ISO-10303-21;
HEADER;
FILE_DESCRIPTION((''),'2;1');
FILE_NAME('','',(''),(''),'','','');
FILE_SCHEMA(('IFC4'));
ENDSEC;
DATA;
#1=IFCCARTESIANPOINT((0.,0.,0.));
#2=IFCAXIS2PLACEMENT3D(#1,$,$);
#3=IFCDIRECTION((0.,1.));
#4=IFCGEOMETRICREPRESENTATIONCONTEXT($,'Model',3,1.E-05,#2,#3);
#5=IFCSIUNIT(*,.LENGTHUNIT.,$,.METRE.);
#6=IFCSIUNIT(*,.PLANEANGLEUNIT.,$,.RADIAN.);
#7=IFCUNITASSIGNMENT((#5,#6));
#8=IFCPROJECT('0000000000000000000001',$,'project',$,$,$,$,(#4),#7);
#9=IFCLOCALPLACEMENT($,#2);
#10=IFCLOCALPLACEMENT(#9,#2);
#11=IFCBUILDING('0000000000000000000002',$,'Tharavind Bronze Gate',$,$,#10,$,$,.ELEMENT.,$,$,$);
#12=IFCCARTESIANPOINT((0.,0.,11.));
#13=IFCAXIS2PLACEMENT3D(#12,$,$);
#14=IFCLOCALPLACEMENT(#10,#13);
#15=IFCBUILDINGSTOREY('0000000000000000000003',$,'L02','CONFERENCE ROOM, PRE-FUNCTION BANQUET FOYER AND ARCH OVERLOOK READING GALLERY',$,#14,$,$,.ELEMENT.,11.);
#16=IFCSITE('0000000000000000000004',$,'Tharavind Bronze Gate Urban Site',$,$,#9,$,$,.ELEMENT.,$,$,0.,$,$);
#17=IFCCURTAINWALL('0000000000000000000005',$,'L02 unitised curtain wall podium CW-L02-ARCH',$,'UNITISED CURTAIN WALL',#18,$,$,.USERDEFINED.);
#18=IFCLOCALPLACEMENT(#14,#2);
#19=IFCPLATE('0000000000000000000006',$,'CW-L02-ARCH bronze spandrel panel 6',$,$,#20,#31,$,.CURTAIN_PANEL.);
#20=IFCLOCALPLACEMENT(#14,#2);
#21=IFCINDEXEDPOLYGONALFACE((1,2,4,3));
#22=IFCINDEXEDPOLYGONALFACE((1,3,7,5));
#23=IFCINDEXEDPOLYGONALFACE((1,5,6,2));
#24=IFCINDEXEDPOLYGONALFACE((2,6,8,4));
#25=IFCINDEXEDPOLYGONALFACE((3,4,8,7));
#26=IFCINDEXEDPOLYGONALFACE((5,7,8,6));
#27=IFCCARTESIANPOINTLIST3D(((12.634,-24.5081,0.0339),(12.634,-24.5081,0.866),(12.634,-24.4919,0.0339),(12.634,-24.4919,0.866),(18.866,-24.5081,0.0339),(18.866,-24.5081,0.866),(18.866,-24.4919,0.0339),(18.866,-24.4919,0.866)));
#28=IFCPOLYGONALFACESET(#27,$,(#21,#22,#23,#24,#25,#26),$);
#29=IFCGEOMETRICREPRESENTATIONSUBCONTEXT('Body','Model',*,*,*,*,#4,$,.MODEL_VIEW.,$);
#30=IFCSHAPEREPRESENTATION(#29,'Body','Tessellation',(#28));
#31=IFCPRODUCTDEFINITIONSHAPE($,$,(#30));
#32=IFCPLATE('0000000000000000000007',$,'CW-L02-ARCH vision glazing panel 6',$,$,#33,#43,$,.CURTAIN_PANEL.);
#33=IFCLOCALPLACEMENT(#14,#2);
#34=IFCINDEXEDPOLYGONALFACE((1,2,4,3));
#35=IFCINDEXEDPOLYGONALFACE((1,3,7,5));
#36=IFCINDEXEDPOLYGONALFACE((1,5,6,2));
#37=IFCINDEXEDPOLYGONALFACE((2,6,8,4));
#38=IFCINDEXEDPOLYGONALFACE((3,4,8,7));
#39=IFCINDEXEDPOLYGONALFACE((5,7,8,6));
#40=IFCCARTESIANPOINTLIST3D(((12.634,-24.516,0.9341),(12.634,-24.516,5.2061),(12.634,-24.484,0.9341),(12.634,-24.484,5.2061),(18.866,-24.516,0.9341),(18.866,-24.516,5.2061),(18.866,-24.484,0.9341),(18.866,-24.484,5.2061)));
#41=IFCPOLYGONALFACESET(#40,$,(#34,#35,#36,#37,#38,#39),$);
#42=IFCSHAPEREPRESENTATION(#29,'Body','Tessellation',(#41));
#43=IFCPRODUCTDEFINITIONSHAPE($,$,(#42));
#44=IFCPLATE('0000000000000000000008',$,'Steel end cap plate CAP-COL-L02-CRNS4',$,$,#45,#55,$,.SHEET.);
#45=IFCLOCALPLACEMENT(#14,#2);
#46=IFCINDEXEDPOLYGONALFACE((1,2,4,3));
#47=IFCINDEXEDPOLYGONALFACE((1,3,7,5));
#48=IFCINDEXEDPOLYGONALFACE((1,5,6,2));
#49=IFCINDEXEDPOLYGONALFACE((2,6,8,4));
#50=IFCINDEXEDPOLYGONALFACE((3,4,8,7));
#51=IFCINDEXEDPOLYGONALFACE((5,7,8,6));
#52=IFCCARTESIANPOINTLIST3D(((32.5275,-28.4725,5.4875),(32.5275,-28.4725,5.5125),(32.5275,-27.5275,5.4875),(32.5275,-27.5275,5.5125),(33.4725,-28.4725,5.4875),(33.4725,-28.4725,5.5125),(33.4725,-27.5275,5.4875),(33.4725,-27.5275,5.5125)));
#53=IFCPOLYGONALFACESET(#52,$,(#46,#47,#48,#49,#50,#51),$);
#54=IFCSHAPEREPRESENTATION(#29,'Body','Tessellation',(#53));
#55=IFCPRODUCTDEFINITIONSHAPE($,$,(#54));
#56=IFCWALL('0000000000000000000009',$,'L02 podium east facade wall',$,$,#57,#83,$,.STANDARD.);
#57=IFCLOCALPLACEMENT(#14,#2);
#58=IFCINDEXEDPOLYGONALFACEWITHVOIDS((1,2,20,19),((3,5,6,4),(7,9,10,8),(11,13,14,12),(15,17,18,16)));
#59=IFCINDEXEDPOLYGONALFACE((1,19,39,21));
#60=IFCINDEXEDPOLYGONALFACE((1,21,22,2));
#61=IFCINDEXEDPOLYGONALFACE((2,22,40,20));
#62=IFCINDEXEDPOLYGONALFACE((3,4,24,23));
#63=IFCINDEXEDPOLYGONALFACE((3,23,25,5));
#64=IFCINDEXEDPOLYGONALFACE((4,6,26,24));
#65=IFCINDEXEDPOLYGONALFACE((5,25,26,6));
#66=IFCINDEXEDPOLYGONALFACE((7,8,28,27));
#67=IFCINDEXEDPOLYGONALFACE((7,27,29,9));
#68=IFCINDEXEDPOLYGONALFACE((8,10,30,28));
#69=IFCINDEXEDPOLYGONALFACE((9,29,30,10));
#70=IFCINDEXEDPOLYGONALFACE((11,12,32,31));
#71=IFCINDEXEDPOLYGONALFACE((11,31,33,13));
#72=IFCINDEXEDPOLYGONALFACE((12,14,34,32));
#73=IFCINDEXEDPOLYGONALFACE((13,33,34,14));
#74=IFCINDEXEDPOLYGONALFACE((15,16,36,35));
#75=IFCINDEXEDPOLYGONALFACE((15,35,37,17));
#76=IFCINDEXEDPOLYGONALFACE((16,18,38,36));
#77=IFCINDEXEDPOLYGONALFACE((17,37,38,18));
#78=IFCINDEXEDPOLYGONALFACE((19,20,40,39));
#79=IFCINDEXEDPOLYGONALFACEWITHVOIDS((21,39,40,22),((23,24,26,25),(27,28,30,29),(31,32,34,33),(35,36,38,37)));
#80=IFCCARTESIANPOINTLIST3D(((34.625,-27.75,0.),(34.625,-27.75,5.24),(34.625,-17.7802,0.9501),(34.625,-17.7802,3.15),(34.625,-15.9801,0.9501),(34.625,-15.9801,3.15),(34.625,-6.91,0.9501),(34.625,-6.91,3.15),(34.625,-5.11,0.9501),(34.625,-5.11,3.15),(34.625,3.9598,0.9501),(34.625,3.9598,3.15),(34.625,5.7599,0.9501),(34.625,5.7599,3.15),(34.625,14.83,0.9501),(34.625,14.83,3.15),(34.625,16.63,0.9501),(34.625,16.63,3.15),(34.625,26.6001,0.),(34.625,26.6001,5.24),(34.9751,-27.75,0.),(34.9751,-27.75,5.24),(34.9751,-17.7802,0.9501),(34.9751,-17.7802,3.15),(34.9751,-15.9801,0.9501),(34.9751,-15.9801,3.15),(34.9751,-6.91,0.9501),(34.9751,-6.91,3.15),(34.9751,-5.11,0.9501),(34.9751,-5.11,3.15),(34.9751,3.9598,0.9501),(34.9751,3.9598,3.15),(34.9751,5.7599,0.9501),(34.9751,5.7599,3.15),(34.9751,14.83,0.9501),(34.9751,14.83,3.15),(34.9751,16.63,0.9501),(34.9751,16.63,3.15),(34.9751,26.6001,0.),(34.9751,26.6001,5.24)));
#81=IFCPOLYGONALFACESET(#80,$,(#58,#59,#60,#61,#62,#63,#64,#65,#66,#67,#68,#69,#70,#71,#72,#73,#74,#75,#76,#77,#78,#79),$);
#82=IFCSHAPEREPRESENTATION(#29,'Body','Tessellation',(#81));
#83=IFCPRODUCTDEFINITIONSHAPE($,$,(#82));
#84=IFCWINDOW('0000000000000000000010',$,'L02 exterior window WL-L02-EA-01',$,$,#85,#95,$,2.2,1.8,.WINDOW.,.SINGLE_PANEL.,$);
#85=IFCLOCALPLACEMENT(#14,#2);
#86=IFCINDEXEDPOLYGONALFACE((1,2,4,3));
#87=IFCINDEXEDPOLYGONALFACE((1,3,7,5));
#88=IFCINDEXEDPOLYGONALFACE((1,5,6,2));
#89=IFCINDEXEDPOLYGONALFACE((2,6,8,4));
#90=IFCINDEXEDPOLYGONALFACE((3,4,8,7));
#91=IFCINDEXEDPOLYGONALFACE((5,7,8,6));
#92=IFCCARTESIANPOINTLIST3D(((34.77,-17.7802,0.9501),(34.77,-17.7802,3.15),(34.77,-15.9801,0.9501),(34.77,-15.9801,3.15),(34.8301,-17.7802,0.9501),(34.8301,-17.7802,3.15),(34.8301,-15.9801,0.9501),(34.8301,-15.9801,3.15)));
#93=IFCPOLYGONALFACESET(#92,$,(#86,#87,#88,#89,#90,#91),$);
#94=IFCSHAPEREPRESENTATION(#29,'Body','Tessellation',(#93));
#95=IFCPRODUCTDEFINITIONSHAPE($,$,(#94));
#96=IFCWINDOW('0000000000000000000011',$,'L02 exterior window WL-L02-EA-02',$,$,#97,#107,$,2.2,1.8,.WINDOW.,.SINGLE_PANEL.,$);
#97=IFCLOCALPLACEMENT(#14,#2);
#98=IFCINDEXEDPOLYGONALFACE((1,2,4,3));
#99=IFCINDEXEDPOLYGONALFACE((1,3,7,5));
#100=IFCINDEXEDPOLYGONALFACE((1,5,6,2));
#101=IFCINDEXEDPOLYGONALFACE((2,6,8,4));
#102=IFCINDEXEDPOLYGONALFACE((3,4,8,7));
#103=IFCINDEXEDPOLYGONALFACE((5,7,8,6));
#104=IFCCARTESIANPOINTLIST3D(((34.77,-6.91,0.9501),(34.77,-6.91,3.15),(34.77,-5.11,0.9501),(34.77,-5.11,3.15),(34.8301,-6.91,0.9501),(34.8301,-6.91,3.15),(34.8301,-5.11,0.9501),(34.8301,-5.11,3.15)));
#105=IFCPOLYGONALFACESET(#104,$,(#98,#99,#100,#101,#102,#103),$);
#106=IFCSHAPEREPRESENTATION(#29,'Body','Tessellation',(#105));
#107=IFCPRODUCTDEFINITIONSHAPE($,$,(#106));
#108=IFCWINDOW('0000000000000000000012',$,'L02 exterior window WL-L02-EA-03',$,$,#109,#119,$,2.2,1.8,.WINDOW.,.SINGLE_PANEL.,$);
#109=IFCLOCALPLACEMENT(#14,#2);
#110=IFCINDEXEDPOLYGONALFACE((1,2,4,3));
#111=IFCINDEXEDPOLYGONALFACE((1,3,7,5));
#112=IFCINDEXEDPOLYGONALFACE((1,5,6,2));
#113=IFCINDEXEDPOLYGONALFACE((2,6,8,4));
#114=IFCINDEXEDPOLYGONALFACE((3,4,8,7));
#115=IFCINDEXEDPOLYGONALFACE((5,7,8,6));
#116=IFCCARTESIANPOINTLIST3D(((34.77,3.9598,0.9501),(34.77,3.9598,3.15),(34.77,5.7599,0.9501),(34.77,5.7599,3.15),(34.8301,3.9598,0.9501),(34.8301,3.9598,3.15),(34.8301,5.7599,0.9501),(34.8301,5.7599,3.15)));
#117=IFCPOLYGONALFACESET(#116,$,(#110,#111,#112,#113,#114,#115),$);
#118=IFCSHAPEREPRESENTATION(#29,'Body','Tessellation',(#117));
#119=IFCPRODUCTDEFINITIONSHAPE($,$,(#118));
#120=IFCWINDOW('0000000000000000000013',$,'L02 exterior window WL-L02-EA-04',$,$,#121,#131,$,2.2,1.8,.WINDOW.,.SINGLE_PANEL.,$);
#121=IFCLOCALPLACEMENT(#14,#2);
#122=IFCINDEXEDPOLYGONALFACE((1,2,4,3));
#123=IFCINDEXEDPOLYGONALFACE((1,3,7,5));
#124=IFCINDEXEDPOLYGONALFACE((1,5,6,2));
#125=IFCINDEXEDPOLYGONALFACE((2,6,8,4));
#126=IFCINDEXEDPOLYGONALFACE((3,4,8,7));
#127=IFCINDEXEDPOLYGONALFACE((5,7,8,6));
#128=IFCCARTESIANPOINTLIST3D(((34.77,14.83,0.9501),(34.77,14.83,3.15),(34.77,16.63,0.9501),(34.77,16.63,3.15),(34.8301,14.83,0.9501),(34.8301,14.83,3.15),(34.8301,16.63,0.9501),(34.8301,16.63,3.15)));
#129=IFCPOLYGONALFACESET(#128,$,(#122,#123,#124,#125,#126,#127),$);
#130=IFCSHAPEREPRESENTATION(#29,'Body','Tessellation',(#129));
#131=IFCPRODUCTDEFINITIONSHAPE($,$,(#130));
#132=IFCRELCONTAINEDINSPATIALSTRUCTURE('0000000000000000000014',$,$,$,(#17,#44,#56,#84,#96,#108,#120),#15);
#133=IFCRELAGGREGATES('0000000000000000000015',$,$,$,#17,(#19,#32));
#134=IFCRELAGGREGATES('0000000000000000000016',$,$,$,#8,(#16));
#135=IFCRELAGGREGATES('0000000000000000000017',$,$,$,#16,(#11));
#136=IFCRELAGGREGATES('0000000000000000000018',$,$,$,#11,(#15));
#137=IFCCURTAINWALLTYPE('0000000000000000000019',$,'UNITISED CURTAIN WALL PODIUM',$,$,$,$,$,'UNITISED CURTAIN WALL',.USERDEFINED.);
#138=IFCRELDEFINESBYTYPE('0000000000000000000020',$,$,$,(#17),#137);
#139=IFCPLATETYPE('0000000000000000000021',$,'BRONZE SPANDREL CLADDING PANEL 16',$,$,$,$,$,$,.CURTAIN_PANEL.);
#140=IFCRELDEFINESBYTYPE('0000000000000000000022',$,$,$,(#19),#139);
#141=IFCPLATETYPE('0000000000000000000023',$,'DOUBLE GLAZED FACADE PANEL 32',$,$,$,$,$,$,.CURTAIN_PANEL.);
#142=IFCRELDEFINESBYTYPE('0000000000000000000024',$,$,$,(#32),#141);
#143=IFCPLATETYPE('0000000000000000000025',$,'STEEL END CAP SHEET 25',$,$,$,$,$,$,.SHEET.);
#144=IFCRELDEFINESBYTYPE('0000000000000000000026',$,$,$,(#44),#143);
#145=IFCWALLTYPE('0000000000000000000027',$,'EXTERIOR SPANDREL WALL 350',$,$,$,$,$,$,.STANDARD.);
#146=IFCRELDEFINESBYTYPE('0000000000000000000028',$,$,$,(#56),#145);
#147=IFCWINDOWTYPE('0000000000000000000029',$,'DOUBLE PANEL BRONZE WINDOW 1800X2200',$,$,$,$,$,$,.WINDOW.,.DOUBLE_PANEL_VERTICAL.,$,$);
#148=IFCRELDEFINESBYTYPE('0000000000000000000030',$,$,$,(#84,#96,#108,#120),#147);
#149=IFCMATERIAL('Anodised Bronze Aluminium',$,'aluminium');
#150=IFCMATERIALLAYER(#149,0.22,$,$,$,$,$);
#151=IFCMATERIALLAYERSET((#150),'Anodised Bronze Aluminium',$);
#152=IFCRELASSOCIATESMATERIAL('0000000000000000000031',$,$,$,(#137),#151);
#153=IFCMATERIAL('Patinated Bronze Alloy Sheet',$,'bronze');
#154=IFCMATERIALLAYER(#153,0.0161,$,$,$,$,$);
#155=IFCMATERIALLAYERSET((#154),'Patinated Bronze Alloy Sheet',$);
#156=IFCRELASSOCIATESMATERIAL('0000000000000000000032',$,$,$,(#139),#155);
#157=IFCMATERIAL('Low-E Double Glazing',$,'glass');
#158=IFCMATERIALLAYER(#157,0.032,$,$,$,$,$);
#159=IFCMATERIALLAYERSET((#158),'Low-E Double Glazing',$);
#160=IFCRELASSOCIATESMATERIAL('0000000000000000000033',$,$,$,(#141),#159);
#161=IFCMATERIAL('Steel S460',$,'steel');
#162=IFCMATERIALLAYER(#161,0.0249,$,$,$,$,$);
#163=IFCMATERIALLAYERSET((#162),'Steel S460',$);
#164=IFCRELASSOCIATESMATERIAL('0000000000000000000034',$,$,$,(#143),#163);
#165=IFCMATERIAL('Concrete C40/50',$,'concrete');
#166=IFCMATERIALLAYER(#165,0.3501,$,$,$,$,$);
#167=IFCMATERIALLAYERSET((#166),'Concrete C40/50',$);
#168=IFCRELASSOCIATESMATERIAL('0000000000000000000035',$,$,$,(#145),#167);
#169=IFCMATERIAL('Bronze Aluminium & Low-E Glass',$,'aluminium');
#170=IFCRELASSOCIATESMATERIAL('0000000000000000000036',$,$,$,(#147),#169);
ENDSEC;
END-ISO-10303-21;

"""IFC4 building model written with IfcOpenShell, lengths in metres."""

from ifc_helpers import new_model, si_unit, direction, frame, frame_2d, origin, origin_2d, place, context, subcontext, project, spatial, rectangle, extrude, material, layer, layer_set, type_object, element, fill, aggregate, save


model = new_model("IFC4")

# Units and contexts
model_context = context("Model", 3, precision=1e-05, world=origin(), true_north=direction((0.0, 1.0)))
body_context = subcontext(model_context, "Body", "Model", "MODEL_VIEW")
ifc_project = project(units=[si_unit("LENGTHUNIT", "METRE"), si_unit("PLANEANGLEUNIT", "RADIAN")], contexts=[model_context])

# Site, building, storey
site_placement = place(None, origin())
site = spatial("IfcSite", under=ifc_project, at=site_placement, Name="Tharavind Bronze Gate Urban Site", CompositionType="ELEMENT", RefElevation=0.0)
building_placement = place(site_placement, origin())
building = spatial("IfcBuilding", under=site, at=building_placement, Name="Tharavind Bronze Gate", CompositionType="ELEMENT")
storey_placement = place(building_placement, frame((0.0, 0.0, 11.0)))
storey = spatial("IfcBuildingStorey", under=building, at=storey_placement, Name="L02", Description="CONFERENCE ROOM, PRE-FUNCTION BANQUET FOYER AND ARCH OVERLOOK READING GALLERY", CompositionType="ELEMENT", Elevation=11.0)

# Shared definitions
ifc_material_1 = material(Name="Steel S460", Category="steel")

# Curtain wall
ifc_material_2 = material(Name="Anodised Bronze Aluminium", Category="aluminium")
ifc_layer_1 = layer(ifc_material_2, 0.22)
ifc_layer_set_1 = layer_set([ifc_layer_1], Name="Anodised Bronze Aluminium")
curtain_wall_type = type_object("IfcCurtainWallType", Name="UNITISED CURTAIN WALL PODIUM", ElementType="UNITISED CURTAIN WALL", PredefinedType="USERDEFINED", material=ifc_layer_set_1)
curtain_wall_placement = place(storey_placement, origin())
curtain_wall = element("IfcCurtainWall", 1, at=curtain_wall_placement, inside=storey, type_object=curtain_wall_type, Name="L02 unitised curtain wall podium CW-L02-ARCH", ObjectType="UNITISED CURTAIN WALL", PredefinedType="USERDEFINED")

# Plates
ifc_material_3 = material(Name="Patinated Bronze Alloy Sheet", Category="bronze")
ifc_layer_2 = layer(ifc_material_3, 0.0161)
ifc_layer_set_2 = layer_set([ifc_layer_2], Name="Patinated Bronze Alloy Sheet")
plate_type_1 = type_object("IfcPlateType", Name="BRONZE SPANDREL CLADDING PANEL 16", PredefinedType="CURTAIN_PANEL", material=ifc_layer_set_2)
plate_1_placement = place(storey_placement, frame((15.75, -24.5, 0.0339), z_axis=(0.0, 0.0, 1.0), x_axis=(1.0, 0.0, 0.0)))
plate_1 = element("IfcPlate", 2, at=plate_1_placement, type_object=plate_type_1, Name="CW-L02-ARCH bronze spandrel panel 6", PredefinedType="CURTAIN_PANEL", context=body_context, shape_type="SweptSolid", body=[
    extrude(rectangle(XDim=6.2319, YDim=0.0161, at=origin_2d()), origin(), (0.0, 0.0, 1.0), 0.832),
])
ifc_material_4 = material(Name="Low-E Double Glazing", Category="glass")
ifc_layer_3 = layer(ifc_material_4, 0.032)
ifc_layer_set_3 = layer_set([ifc_layer_3], Name="Low-E Double Glazing")
plate_type_2 = type_object("IfcPlateType", Name="DOUBLE GLAZED FACADE PANEL 32", PredefinedType="CURTAIN_PANEL", material=ifc_layer_set_3)
plate_2_placement = place(storey_placement, frame((15.75, -24.5, 0.9341), z_axis=(0.0, 0.0, 1.0), x_axis=(1.0, 0.0, 0.0)))
plate_2 = element("IfcPlate", 3, at=plate_2_placement, type_object=plate_type_2, Name="CW-L02-ARCH vision glazing panel 6", PredefinedType="CURTAIN_PANEL", context=body_context, shape_type="SweptSolid", body=[
    extrude(rectangle(XDim=6.2319, YDim=0.032, at=origin_2d()), origin(), (0.0, 0.0, 1.0), 4.272),
])
aggregate(curtain_wall, [plate_1, plate_2])
ifc_layer_4 = layer(ifc_material_1, 0.0249)
ifc_layer_set_4 = layer_set([ifc_layer_4], Name="Steel S460")
plate_type_3 = type_object("IfcPlateType", Name="STEEL END CAP SHEET 25", PredefinedType="SHEET", material=ifc_layer_set_4)
plate_3_placement = place(storey_placement, frame((33.0, -28.0, 5.4875), z_axis=(0.0, 0.0, 1.0), x_axis=(1.0, 0.0, 0.0)))
element("IfcPlate", 4, at=plate_3_placement, inside=storey, type_object=plate_type_3, Name="Steel end cap plate CAP-COL-L02-CRNS4", PredefinedType="SHEET", context=body_context, shape_type="SweptSolid", body=[
    extrude(rectangle(XDim=0.9451, YDim=0.9451, at=origin_2d()), origin(), (0.0, 0.0, 1.0), 0.0249),
])

# Wall, openings, windows
ifc_material_5 = material(Name="Concrete C40/50", Category="concrete")
ifc_layer_5 = layer(ifc_material_5, 0.3501)
ifc_layer_set_5 = layer_set([ifc_layer_5], Name="Concrete C40/50")
wall_type_1 = type_object("IfcWallType", Name="EXTERIOR SPANDREL WALL 350", PredefinedType="STANDARD", material=ifc_layer_set_5)
wall_1_placement = place(storey_placement, frame((34.8, -27.75, 0.0), z_axis=(0.0, 0.0, 1.0), x_axis=(0.0, 1.0, 0.0)))
wall_1 = element("IfcWall", 5, at=wall_1_placement, inside=storey, type_object=wall_type_1, Name="L02 podium east facade wall", PredefinedType="STANDARD", context=body_context, shape_type="SweptSolid", body=[
    extrude(rectangle(XDim=54.3501, YDim=0.3501, at=frame_2d((27.175, 0.0))), origin(), (0.0, 0.0, 1.0), 5.24),
])
opening_1_placement = place(wall_1_placement, frame((9.97, 0.0, 0.95)))
opening_1 = element("IfcOpeningElement", 6, at=opening_1_placement, cuts=wall_1, PredefinedType="OPENING", context=body_context, shape_type="SweptSolid", body=[
    extrude(rectangle(XDim=1.8, YDim=2.2, at=frame_2d((0.8999, 1.1001))), frame((0.0, 0.185, 0.0), z_axis=(0.0, -1.0, 0.0), x_axis=(1.0, 0.0, 0.0)), (0.0, 0.0, 1.0), 0.3701),
])
opening_2_placement = place(wall_1_placement, frame((20.8401, 0.0, 0.95)))
opening_2 = element("IfcOpeningElement", 7, at=opening_2_placement, cuts=wall_1, PredefinedType="OPENING", context=body_context, shape_type="SweptSolid", body=[
    extrude(rectangle(XDim=1.8, YDim=2.2, at=frame_2d((0.8999, 1.1001))), frame((0.0, 0.185, 0.0), z_axis=(0.0, -1.0, 0.0), x_axis=(1.0, 0.0, 0.0)), (0.0, 0.0, 1.0), 0.3701),
])
opening_3_placement = place(wall_1_placement, frame((31.71, 0.0, 0.95)))
opening_3 = element("IfcOpeningElement", 8, at=opening_3_placement, cuts=wall_1, PredefinedType="OPENING", context=body_context, shape_type="SweptSolid", body=[
    extrude(rectangle(XDim=1.8, YDim=2.2, at=frame_2d((0.8999, 1.1001))), frame((0.0, 0.185, 0.0), z_axis=(0.0, -1.0, 0.0), x_axis=(1.0, 0.0, 0.0)), (0.0, 0.0, 1.0), 0.3701),
])
opening_4_placement = place(wall_1_placement, frame((42.5801, 0.0, 0.95)))
opening_4 = element("IfcOpeningElement", 9, at=opening_4_placement, cuts=wall_1, PredefinedType="OPENING", context=body_context, shape_type="SweptSolid", body=[
    extrude(rectangle(XDim=1.8, YDim=2.2, at=frame_2d((0.8999, 1.1001))), frame((0.0, 0.185, 0.0), z_axis=(0.0, -1.0, 0.0), x_axis=(1.0, 0.0, 0.0)), (0.0, 0.0, 1.0), 0.3701),
])
ifc_material_6 = material(Name="Bronze Aluminium & Low-E Glass", Category="aluminium")
window_type_1 = type_object("IfcWindowType", Name="DOUBLE PANEL BRONZE WINDOW 1800X2200", PartitioningType="DOUBLE_PANEL_VERTICAL", PredefinedType="WINDOW", material=ifc_material_6)
window_1_placement = place(opening_1_placement, origin())
window_1 = element("IfcWindow", 10, at=window_1_placement, inside=storey, type_object=window_type_1, Name="L02 exterior window WL-L02-EA-01", OverallHeight=2.2, OverallWidth=1.8, PartitioningType="SINGLE_PANEL", PredefinedType="WINDOW", context=body_context, shape_type="SweptSolid", body=[
    extrude(rectangle(XDim=1.8, YDim=2.2, at=frame_2d((0.8999, 1.1001))), frame((0.0, 0.03, 0.0), z_axis=(0.0, -1.0, 0.0), x_axis=(1.0, 0.0, 0.0)), (0.0, 0.0, 1.0), 0.0601),
])
fill(opening_1, window_1)
window_2_placement = place(opening_2_placement, origin())
window_2 = element("IfcWindow", 11, at=window_2_placement, inside=storey, type_object=window_type_1, Name="L02 exterior window WL-L02-EA-02", OverallHeight=2.2, OverallWidth=1.8, PartitioningType="SINGLE_PANEL", PredefinedType="WINDOW", context=body_context, shape_type="SweptSolid", body=[
    extrude(rectangle(XDim=1.8, YDim=2.2, at=frame_2d((0.8999, 1.1001))), frame((0.0, 0.03, 0.0), z_axis=(0.0, -1.0, 0.0), x_axis=(1.0, 0.0, 0.0)), (0.0, 0.0, 1.0), 0.0601),
])
fill(opening_2, window_2)
window_3_placement = place(opening_3_placement, origin())
window_3 = element("IfcWindow", 12, at=window_3_placement, inside=storey, type_object=window_type_1, Name="L02 exterior window WL-L02-EA-03", OverallHeight=2.2, OverallWidth=1.8, PartitioningType="SINGLE_PANEL", PredefinedType="WINDOW", context=body_context, shape_type="SweptSolid", body=[
    extrude(rectangle(XDim=1.8, YDim=2.2, at=frame_2d((0.8999, 1.1001))), frame((0.0, 0.03, 0.0), z_axis=(0.0, -1.0, 0.0), x_axis=(1.0, 0.0, 0.0)), (0.0, 0.0, 1.0), 0.0601),
])
fill(opening_3, window_3)
window_4_placement = place(opening_4_placement, origin())
window_4 = element("IfcWindow", 13, at=window_4_placement, inside=storey, type_object=window_type_1, Name="L02 exterior window WL-L02-EA-04", OverallHeight=2.2, OverallWidth=1.8, PartitioningType="SINGLE_PANEL", PredefinedType="WINDOW", context=body_context, shape_type="SweptSolid", body=[
    extrude(rectangle(XDim=1.8, YDim=2.2, at=frame_2d((0.8999, 1.1001))), frame((0.0, 0.03, 0.0), z_axis=(0.0, -1.0, 0.0), x_axis=(1.0, 0.0, 0.0)), (0.0, 0.0, 1.0), 0.0601),
])
fill(opening_4, window_4)

save(model, "model.ifc")
